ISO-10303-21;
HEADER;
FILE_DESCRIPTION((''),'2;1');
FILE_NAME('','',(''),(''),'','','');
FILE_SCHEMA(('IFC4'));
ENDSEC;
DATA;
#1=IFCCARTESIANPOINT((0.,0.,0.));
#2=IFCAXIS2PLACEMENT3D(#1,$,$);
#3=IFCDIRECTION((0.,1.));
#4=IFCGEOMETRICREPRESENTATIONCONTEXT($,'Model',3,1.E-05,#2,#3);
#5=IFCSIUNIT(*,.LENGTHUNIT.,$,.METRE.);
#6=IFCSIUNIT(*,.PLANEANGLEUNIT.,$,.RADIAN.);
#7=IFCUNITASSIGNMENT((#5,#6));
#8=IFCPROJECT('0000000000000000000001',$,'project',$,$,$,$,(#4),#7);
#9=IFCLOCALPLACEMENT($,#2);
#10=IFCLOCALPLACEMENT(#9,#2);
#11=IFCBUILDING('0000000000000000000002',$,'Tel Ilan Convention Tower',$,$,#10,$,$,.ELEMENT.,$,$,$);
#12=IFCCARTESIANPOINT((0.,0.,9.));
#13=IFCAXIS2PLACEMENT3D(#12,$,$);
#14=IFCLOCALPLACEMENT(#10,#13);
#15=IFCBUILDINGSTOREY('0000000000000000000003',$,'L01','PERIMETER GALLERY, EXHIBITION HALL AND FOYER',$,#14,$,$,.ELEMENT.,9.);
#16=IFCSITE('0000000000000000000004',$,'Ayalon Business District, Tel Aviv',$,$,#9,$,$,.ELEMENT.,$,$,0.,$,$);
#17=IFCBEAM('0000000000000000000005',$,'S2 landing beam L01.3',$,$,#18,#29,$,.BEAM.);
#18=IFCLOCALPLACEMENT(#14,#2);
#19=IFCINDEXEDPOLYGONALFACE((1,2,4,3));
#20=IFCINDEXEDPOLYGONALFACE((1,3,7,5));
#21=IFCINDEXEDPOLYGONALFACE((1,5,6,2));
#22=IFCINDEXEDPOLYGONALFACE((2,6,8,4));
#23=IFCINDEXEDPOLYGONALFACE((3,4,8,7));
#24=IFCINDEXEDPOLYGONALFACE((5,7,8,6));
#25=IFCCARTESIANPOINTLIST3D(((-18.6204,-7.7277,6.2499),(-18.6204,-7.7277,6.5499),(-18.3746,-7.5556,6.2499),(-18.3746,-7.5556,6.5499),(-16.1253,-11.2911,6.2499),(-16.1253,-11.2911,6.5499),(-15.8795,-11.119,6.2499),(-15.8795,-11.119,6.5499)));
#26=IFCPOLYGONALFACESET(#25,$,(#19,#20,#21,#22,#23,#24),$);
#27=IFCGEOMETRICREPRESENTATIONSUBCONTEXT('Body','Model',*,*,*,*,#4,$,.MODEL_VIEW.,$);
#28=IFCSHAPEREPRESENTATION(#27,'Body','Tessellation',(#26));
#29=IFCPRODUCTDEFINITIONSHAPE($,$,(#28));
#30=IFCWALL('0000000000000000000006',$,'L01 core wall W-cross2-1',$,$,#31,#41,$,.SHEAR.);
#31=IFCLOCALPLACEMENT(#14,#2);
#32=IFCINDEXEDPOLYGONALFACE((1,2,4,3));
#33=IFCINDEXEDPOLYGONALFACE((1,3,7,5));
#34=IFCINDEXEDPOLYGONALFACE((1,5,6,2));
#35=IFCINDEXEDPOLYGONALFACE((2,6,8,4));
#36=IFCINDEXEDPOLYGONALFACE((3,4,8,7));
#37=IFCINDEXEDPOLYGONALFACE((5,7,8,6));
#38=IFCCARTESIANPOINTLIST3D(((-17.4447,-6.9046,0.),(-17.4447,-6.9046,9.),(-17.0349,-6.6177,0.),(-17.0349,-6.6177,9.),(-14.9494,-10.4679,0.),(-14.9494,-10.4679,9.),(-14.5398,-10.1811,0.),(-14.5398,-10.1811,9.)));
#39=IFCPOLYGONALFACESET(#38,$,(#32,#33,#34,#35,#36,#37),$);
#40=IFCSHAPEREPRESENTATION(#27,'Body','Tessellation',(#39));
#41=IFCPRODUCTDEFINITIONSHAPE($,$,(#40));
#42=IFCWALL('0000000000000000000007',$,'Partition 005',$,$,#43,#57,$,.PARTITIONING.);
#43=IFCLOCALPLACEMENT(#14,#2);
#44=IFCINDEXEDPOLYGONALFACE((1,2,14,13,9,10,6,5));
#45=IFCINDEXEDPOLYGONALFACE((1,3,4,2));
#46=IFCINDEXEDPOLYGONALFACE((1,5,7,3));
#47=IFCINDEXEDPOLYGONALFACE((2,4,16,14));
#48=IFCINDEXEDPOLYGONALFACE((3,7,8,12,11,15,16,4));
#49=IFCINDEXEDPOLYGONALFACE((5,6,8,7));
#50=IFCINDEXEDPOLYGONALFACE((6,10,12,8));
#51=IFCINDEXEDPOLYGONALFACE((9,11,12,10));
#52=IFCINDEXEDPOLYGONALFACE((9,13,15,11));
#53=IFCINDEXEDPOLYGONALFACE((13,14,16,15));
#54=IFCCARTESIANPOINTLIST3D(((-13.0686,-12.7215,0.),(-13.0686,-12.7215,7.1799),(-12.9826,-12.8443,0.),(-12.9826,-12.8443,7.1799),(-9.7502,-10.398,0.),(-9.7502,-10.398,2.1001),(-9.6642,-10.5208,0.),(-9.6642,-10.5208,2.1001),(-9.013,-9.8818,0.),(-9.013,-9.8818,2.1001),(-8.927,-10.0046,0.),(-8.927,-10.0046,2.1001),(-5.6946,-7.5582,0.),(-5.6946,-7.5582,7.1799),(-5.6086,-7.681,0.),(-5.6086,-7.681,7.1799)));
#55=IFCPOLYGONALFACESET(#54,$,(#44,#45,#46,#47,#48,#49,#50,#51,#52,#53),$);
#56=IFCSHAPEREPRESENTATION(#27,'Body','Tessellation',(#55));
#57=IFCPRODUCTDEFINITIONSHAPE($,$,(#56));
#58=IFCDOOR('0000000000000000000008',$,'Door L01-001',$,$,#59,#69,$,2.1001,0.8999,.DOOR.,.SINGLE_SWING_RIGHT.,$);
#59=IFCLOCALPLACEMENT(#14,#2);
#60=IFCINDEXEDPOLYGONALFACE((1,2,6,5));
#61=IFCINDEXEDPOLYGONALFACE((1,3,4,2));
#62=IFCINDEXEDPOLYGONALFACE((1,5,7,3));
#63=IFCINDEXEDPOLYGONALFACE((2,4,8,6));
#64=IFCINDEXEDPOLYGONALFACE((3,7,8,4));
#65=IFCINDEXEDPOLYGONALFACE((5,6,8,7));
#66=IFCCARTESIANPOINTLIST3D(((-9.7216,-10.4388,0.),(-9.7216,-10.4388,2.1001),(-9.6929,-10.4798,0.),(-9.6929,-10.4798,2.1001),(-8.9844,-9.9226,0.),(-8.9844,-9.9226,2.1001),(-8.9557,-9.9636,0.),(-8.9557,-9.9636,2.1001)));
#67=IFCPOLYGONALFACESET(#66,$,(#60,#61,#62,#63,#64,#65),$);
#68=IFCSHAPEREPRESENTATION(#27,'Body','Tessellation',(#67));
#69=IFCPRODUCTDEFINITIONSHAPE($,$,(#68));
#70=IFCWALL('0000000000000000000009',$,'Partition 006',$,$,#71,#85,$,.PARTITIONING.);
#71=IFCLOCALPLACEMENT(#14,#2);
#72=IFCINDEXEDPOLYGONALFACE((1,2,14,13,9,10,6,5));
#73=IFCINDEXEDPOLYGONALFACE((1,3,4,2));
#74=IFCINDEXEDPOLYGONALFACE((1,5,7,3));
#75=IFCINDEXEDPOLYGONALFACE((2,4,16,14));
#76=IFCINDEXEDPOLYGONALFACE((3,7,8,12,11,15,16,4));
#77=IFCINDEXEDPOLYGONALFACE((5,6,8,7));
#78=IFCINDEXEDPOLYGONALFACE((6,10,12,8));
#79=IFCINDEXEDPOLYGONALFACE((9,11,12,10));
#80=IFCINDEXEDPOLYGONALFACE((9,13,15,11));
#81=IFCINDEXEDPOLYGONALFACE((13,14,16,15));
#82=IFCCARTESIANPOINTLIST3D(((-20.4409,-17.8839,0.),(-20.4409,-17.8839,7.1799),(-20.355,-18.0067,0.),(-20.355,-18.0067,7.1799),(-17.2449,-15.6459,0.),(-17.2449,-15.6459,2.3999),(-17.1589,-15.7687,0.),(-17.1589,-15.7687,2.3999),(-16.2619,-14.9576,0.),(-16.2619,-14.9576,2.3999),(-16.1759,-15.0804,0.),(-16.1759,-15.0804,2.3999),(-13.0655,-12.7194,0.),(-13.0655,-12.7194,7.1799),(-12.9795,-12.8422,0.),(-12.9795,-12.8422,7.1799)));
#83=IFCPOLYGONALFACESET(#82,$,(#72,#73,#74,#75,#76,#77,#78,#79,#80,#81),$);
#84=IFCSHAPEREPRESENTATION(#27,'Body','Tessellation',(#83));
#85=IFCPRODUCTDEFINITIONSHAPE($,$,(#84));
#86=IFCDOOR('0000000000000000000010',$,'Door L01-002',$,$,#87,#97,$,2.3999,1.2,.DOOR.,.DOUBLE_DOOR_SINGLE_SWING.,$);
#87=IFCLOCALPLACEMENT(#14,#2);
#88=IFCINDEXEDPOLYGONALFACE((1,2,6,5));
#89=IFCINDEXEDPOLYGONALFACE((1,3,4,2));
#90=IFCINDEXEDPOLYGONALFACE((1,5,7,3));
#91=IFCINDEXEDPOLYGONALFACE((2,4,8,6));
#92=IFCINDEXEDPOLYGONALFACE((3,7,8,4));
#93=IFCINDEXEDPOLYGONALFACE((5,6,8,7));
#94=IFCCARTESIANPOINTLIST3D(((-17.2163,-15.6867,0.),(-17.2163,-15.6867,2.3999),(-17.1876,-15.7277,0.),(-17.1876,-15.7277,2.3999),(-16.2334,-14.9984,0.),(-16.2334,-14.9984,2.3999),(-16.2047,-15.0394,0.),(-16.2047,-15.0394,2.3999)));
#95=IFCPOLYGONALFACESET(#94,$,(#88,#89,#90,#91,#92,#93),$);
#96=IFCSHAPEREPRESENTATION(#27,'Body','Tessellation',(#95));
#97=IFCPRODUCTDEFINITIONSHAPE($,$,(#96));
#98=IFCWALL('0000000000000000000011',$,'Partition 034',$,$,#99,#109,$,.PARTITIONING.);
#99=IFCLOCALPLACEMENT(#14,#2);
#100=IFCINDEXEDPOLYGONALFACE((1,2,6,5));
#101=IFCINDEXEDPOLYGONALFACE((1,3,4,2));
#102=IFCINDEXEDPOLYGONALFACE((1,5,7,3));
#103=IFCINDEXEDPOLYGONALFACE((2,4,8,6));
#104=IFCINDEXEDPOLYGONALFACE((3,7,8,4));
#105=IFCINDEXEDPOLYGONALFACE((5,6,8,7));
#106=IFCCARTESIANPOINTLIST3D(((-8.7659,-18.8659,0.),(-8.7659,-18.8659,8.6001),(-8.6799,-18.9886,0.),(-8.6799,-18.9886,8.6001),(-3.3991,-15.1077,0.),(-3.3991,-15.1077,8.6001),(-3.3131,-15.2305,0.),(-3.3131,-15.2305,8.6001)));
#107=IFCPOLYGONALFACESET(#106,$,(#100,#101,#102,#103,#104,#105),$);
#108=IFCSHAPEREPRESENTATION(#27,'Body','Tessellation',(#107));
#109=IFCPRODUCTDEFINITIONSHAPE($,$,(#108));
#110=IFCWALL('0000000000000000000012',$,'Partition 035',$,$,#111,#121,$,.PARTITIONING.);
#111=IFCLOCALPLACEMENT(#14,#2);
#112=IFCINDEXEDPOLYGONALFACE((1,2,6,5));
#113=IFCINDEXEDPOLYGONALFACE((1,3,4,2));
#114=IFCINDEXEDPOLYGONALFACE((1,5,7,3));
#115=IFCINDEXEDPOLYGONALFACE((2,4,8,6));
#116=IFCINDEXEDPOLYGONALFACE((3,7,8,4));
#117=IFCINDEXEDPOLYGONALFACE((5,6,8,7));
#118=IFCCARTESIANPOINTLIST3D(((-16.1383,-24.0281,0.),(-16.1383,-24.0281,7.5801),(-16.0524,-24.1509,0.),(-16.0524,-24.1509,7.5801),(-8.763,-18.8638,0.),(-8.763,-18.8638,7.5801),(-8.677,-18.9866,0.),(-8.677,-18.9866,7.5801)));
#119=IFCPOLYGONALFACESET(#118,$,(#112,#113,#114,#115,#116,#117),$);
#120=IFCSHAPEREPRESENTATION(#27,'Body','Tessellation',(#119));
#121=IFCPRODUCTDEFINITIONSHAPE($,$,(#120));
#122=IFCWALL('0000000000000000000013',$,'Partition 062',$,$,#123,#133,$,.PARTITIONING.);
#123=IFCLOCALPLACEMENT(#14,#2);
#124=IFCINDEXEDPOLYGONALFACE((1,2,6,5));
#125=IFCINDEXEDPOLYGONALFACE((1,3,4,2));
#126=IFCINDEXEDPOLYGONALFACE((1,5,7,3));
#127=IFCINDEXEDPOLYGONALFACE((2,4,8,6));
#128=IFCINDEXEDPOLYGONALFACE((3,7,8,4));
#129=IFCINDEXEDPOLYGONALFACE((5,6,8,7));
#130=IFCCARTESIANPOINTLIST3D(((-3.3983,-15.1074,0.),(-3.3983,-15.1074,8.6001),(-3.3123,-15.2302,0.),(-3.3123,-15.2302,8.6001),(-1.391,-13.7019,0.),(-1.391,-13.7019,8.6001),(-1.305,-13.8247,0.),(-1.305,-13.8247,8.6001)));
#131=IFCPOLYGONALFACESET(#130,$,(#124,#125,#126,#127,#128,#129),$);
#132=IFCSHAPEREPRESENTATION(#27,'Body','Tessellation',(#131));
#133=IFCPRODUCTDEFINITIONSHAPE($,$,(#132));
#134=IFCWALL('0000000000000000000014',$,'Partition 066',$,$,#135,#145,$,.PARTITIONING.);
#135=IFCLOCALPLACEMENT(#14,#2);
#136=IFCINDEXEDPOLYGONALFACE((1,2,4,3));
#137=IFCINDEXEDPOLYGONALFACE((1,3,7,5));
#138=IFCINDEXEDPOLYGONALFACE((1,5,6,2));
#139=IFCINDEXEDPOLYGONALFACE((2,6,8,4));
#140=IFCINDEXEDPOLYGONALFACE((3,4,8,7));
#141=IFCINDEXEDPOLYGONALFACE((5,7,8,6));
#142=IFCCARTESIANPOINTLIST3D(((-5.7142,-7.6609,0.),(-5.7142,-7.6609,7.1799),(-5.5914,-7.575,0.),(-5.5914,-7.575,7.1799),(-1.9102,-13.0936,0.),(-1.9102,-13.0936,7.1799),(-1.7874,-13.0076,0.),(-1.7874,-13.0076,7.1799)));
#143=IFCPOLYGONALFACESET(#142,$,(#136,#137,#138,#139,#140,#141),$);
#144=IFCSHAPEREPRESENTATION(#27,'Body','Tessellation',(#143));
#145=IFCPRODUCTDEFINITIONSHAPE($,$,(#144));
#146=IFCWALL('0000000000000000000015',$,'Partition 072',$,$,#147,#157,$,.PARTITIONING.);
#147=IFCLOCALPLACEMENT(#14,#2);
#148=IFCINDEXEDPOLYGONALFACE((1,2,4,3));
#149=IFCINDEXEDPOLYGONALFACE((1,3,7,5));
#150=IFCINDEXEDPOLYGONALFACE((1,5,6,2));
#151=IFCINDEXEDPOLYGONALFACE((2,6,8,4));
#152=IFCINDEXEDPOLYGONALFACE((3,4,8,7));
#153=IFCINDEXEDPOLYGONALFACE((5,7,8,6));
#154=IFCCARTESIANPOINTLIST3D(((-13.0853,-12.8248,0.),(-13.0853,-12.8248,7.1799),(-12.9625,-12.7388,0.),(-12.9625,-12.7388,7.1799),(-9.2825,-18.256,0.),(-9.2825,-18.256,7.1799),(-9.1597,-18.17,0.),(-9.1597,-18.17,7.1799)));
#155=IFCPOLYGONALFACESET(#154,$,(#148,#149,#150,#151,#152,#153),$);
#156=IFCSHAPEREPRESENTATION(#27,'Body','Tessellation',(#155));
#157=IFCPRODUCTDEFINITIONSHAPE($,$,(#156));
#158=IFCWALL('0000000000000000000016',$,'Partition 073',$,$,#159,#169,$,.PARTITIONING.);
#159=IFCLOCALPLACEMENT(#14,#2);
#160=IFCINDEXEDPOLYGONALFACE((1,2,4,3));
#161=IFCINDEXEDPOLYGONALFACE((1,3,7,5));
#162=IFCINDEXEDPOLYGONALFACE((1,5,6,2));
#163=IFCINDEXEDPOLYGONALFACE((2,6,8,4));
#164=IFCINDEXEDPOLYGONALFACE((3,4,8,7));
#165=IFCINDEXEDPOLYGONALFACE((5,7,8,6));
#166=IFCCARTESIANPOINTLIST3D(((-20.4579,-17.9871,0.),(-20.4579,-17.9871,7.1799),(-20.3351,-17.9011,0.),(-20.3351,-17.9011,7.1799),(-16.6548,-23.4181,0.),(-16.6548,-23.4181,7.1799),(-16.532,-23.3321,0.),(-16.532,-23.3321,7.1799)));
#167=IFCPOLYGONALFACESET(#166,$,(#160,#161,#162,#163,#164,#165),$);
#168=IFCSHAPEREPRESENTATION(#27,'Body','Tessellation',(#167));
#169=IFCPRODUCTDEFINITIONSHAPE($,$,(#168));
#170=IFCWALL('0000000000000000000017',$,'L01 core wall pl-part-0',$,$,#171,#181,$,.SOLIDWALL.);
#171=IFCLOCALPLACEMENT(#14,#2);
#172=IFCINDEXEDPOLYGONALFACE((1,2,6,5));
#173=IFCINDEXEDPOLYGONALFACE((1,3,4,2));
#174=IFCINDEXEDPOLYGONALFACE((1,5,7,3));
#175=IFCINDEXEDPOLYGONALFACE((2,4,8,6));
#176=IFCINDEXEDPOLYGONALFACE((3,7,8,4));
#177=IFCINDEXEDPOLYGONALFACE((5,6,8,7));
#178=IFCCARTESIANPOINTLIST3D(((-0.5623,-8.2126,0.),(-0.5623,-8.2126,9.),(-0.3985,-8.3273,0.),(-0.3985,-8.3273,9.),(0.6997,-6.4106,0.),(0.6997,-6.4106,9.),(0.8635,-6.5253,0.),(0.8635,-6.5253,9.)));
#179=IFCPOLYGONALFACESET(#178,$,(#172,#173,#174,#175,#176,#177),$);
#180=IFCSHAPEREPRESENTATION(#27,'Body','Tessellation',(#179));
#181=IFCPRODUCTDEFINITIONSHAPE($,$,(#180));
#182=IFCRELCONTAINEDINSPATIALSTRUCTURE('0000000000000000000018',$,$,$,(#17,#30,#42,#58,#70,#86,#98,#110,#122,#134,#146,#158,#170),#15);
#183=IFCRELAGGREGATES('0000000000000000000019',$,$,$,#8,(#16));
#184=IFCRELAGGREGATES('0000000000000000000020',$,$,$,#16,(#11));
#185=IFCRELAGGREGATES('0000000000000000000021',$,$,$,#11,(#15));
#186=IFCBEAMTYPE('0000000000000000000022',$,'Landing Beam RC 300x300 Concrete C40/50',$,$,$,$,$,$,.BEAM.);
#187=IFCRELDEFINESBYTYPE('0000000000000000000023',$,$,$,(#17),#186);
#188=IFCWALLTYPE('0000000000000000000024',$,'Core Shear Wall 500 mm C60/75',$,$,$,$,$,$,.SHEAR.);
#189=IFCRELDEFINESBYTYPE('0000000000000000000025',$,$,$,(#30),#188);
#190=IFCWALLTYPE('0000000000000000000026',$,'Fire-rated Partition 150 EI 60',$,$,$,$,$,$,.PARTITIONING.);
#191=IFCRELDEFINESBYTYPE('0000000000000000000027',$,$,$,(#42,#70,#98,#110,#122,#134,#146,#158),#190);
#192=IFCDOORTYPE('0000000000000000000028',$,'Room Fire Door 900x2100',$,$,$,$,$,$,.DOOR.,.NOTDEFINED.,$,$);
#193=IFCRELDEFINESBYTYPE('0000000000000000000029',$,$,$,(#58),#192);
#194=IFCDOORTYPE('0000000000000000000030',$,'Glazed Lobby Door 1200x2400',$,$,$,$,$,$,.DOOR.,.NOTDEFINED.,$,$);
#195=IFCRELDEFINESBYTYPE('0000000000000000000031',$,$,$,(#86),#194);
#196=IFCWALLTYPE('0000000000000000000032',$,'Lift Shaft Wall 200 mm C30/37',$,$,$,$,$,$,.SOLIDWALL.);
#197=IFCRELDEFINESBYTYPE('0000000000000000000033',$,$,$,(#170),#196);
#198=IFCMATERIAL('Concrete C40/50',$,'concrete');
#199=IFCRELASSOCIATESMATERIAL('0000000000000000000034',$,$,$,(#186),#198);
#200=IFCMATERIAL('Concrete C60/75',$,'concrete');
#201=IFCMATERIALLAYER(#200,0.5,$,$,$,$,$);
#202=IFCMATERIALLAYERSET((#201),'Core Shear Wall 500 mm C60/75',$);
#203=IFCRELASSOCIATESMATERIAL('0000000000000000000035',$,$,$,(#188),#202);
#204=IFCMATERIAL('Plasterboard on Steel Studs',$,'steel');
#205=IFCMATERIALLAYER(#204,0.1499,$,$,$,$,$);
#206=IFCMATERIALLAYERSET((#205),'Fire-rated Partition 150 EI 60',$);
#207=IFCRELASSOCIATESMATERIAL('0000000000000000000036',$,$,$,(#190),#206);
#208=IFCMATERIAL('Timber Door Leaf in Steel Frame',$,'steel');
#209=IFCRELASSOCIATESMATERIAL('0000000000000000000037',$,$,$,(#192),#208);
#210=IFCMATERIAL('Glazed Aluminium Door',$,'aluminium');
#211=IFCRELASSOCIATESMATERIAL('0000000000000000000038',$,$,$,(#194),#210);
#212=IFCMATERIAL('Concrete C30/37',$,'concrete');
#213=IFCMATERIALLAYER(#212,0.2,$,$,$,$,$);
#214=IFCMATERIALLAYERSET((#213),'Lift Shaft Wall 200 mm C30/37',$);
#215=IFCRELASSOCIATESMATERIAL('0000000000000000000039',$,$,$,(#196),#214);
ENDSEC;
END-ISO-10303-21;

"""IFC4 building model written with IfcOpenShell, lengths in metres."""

from ifc_helpers import new_model, si_unit, direction, frame, frame_2d, origin, origin_2d, place, context, subcontext, project, spatial, polyline, rectangle, outline, extrude, material, layer, layer_set, material_profile, profile_set, type_object, element, fill, save


model = new_model("IFC4")

# Units and contexts
model_context = context("Model", 3, precision=1e-05, world=origin(), true_north=direction((0.0, 1.0)))
body_context = subcontext(model_context, "Body", "Model", "MODEL_VIEW")
ifc_project = project(units=[si_unit("LENGTHUNIT", "METRE"), si_unit("PLANEANGLEUNIT", "RADIAN")], contexts=[model_context])

# Site, building, storey
site_placement = place(None, origin())
site = spatial("IfcSite", under=ifc_project, at=site_placement, Name="Ayalon Business District, Tel Aviv", CompositionType="ELEMENT", RefElevation=0.0)
building_placement = place(site_placement, origin())
building = spatial("IfcBuilding", under=site, at=building_placement, Name="Tel Ilan Convention Tower", CompositionType="ELEMENT")
storey_placement = place(building_placement, frame((0.0, 0.0, 9.0)))
storey = spatial("IfcBuildingStorey", under=building, at=storey_placement, Name="L01", Description="PERIMETER GALLERY, EXHIBITION HALL AND FOYER", CompositionType="ELEMENT", Elevation=9.0)

# Beam
ifc_material_1 = material(Name="Concrete C40/50", Category="concrete")
ifc_material_profile_1 = material_profile(ifc_material_1, rectangle(XDim=0.3, YDim=0.3, at=origin_2d()), Name="RC 300x300")
ifc_profile_set_1 = profile_set([ifc_material_profile_1], Name="Concrete C40/50")
beam_type_1 = type_object("IfcBeamType", Name="Landing Beam RC 300x300 Concrete C40/50", PredefinedType="BEAM", material=ifc_profile_set_1)
for number, where, z_axis, x_axis, name in (
    (1, (-16.0024, -11.2051, 6.3999), (-0.573568, 0.819158, 0.0), (-0.819158, -0.573568, 0.0), "S2 landing beam L01.3"),
):
    element("IfcBeam", number, at=place(storey_placement, frame(where, z_axis=z_axis, x_axis=x_axis)), inside=storey, type_object=beam_type_1, Name=name, PredefinedType="BEAM", context=body_context, shape_type="SweptSolid", body=[
        extrude(rectangle(XDim=0.3, YDim=0.3, at=origin_2d()), origin(), (0.0, 0.0, 1.0), 4.3501),
    ])

# Wall
ifc_material_2 = material(Name="Concrete C60/75", Category="concrete")
ifc_layer_1 = layer(ifc_material_2, 0.5)
ifc_layer_set_1 = layer_set([ifc_layer_1], Name="Core Shear Wall 500 mm C60/75")
wall_type_1 = type_object("IfcWallType", Name="Core Shear Wall 500 mm C60/75", PredefinedType="SHEAR", material=ifc_layer_set_1)
wall_1_placement = place(storey_placement, frame((-14.7446, -10.3245, 0.0), z_axis=(0.0, 0.0, 1.0), x_axis=(-0.573568, 0.819158, 0.0)))
element("IfcWall", 2, at=wall_1_placement, inside=storey, type_object=wall_type_1, Name="L01 core wall W-cross2-1", PredefinedType="SHEAR", context=body_context, shape_type="SweptSolid", body=[
    extrude(outline(polyline([(4.3501, 0.2502), (0.0, 0.25), (0.0, -0.25), (4.3501, -0.25), (4.3501, 0.2502)])), origin(), (0.0, 0.0, 1.0), 9.0),
])

# Walls, openings, doors
ifc_material_3 = material(Name="Plasterboard on Steel Studs", Category="steel")
ifc_layer_2 = layer(ifc_material_3, 0.1499)
ifc_layer_set_2 = layer_set([ifc_layer_2], Name="Fire-rated Partition 150 EI 60")
wall_type_2 = type_object("IfcWallType", Name="Fire-rated Partition 150 EI 60", PredefinedType="PARTITIONING", material=ifc_layer_set_2)
wall_2_placement = place(storey_placement, frame((-5.6516, -7.6196, 0.0), z_axis=(0.0, 0.0, 1.0), x_axis=(-0.819153, -0.573575, 0.0)))
wall_2 = element("IfcWall", 3, at=wall_2_placement, inside=storey, type_object=wall_type_2, Name="Partition 005", PredefinedType="PARTITIONING", context=body_context, shape_type="SweptSolid", body=[
    extrude(rectangle(XDim=9.002, YDim=0.1499, at=frame_2d((4.501, 0.0))), origin(), (0.0, 0.0, 1.0), 7.1799),
])
opening_1_placement = place(wall_2_placement, frame((4.051, 0.0, 0.0)))
opening_1 = element("IfcOpeningElement", 4, at=opening_1_placement, cuts=wall_2, PredefinedType="OPENING", context=body_context, shape_type="SweptSolid", body=[
    extrude(rectangle(XDim=0.8999, YDim=2.1001, at=frame_2d((0.45, 1.05))), frame((0.0, 0.085, 0.0), z_axis=(0.0, -1.0, 0.0), x_axis=(1.0, 0.0, 0.0)), (0.0, 0.0, 1.0), 0.1699),
])
ifc_material_4 = material(Name="Timber Door Leaf in Steel Frame", Category="steel")
door_type_1 = type_object("IfcDoorType", Name="Room Fire Door 900x2100", OperationType="NOTDEFINED", PredefinedType="DOOR", material=ifc_material_4)
door_1_placement = place(opening_1_placement, origin())
door_1 = element("IfcDoor", 5, at=door_1_placement, inside=storey, type_object=door_type_1, Name="Door L01-001", OperationType="SINGLE_SWING_RIGHT", OverallHeight=2.1001, OverallWidth=0.8999, PredefinedType="DOOR", context=body_context, shape_type="SweptSolid", body=[
    extrude(rectangle(XDim=0.8999, YDim=2.1001, at=frame_2d((0.45, 1.05))), frame((0.0, 0.0249, 0.0), z_axis=(0.0, -1.0, 0.0), x_axis=(1.0, 0.0, 0.0)), (0.0, 0.0, 1.0), 0.05),
])
fill(opening_1, door_1)
wall_3_placement = place(storey_placement, frame((-13.0225, -12.7808, 0.0), z_axis=(0.0, 0.0, 1.0), x_axis=(-0.819143, -0.57359, 0.0)))
wall_3 = element("IfcWall", 6, at=wall_3_placement, inside=storey, type_object=wall_type_2, Name="Partition 006", PredefinedType="PARTITIONING", context=body_context, shape_type="SweptSolid", body=[
    extrude(rectangle(XDim=9.0039, YDim=0.1499, at=frame_2d((4.502, 0.0))), origin(), (0.0, 0.0, 1.0), 7.1799),
])
opening_2_placement = place(wall_3_placement, frame((3.9021, 0.0, 0.0)))
opening_2 = element("IfcOpeningElement", 7, at=opening_2_placement, cuts=wall_3, PredefinedType="OPENING", context=body_context, shape_type="SweptSolid", body=[
    extrude(rectangle(XDim=1.2, YDim=2.3999, at=frame_2d((0.6001, 1.2))), frame((0.0, 0.085, 0.0), z_axis=(0.0, -1.0, 0.0), x_axis=(1.0, 0.0, 0.0)), (0.0, 0.0, 1.0), 0.1699),
])
ifc_material_5 = material(Name="Glazed Aluminium Door", Category="aluminium")
door_type_2 = type_object("IfcDoorType", Name="Glazed Lobby Door 1200x2400", OperationType="NOTDEFINED", PredefinedType="DOOR", material=ifc_material_5)
door_2_placement = place(opening_2_placement, origin())
door_2 = element("IfcDoor", 8, at=door_2_placement, inside=storey, type_object=door_type_2, Name="Door L01-002", OperationType="DOUBLE_DOOR_SINGLE_SWING", OverallHeight=2.3999, OverallWidth=1.2, PredefinedType="DOOR", context=body_context, shape_type="SweptSolid", body=[
    extrude(rectangle(XDim=1.2, YDim=2.3999, at=frame_2d((0.6001, 1.2))), frame((0.0, 0.0249, 0.0), z_axis=(0.0, -1.0, 0.0), x_axis=(1.0, 0.0, 0.0)), (0.0, 0.0, 1.0), 0.05),
])
fill(opening_2, door_2)

# Walls
wall_4_placement = place(storey_placement, frame((-8.7229, -18.9272, 0.0), z_axis=(0.0, 0.0, 1.0), x_axis=(0.819134, 0.573602, 0.0)))
element("IfcWall", 9, at=wall_4_placement, inside=storey, type_object=wall_type_2, Name="Partition 034", PredefinedType="PARTITIONING", context=body_context, shape_type="SweptSolid", body=[
    extrude(rectangle(XDim=6.5518, YDim=0.1499, at=frame_2d((3.2759, 0.0))), origin(), (0.0, 0.0, 1.0), 8.6001),
])
wall_5_placement = place(storey_placement, frame((-16.0955, -24.0896, 0.0), z_axis=(0.0, 0.0, 1.0), x_axis=(0.819147, 0.573584, 0.0)))
element("IfcWall", 10, at=wall_5_placement, inside=storey, type_object=wall_type_2, Name="Partition 035", PredefinedType="PARTITIONING", context=body_context, shape_type="SweptSolid", body=[
    extrude(rectangle(XDim=9.0037, YDim=0.1499, at=frame_2d((4.502, 0.0))), origin(), (0.0, 0.0, 1.0), 7.5801),
])
wall_6_placement = place(storey_placement, frame((-3.3552, -15.1687, 0.0), z_axis=(0.0, 0.0, 1.0), x_axis=(0.819157, 0.573569, 0.0)))
element("IfcWall", 11, at=wall_6_placement, inside=storey, type_object=wall_type_2, Name="Partition 062", PredefinedType="PARTITIONING", context=body_context, shape_type="SweptSolid", body=[
    extrude(rectangle(XDim=2.4504, YDim=0.1499, at=frame_2d((1.2251, 0.0))), origin(), (0.0, 0.0, 1.0), 8.6001),
])
wall_7_placement = place(storey_placement, frame((-1.8489, -13.0505, 0.0), z_axis=(0.0, 0.0, 1.0), x_axis=(-0.573576, 0.819152, 0.0)))
element("IfcWall", 12, at=wall_7_placement, inside=storey, type_object=wall_type_2, Name="Partition 066", PredefinedType="PARTITIONING", context=body_context, shape_type="SweptSolid", body=[
    extrude(rectangle(XDim=6.6321, YDim=0.1499, at=frame_2d((3.3159, 0.0))), origin(), (0.0, 0.0, 1.0), 7.1799),
])
for number, where, z_axis, x_axis, name in (
    (13, (-9.2212, -18.2129, 0.0), (0.0, 0.0, 1.0), (-0.573556, 0.819166, 0.0), "Partition 072"),
    (14, (-16.5935, -23.375, 0.0), (0.0, 0.0, 1.0), (-0.573598, 0.819137, 0.0), "Partition 073"),
):
    element("IfcWall", number, at=place(storey_placement, frame(where, z_axis=z_axis, x_axis=x_axis)), inside=storey, type_object=wall_type_2, Name=name, PredefinedType="PARTITIONING", context=body_context, shape_type="SweptSolid", body=[
        extrude(rectangle(XDim=6.6301, YDim=0.1499, at=frame_2d((3.3149, 0.0))), origin(), (0.0, 0.0, 1.0), 7.1799),
    ])
ifc_material_6 = material(Name="Concrete C30/37", Category="concrete")
ifc_layer_3 = layer(ifc_material_6, 0.2)
ifc_layer_set_3 = layer_set([ifc_layer_3], Name="Lift Shaft Wall 200 mm C30/37")
wall_type_3 = type_object("IfcWallType", Name="Lift Shaft Wall 200 mm C30/37", PredefinedType="SOLIDWALL", material=ifc_layer_set_3)
wall_8_placement = place(storey_placement, frame((-0.4805, -8.27, 0.0), z_axis=(0.0, 0.0, 1.0), x_axis=(0.573634, 0.819112, 0.0)))
element("IfcWall", 15, at=wall_8_placement, inside=storey, type_object=wall_type_3, Name="L01 core wall pl-part-0", PredefinedType="SOLIDWALL", context=body_context, shape_type="SweptSolid", body=[
    extrude(rectangle(XDim=2.2, YDim=0.2, at=frame_2d((1.1001, 0.0))), origin(), (0.0, 0.0, 1.0), 9.0),
])

save(model, "model.ifc")
